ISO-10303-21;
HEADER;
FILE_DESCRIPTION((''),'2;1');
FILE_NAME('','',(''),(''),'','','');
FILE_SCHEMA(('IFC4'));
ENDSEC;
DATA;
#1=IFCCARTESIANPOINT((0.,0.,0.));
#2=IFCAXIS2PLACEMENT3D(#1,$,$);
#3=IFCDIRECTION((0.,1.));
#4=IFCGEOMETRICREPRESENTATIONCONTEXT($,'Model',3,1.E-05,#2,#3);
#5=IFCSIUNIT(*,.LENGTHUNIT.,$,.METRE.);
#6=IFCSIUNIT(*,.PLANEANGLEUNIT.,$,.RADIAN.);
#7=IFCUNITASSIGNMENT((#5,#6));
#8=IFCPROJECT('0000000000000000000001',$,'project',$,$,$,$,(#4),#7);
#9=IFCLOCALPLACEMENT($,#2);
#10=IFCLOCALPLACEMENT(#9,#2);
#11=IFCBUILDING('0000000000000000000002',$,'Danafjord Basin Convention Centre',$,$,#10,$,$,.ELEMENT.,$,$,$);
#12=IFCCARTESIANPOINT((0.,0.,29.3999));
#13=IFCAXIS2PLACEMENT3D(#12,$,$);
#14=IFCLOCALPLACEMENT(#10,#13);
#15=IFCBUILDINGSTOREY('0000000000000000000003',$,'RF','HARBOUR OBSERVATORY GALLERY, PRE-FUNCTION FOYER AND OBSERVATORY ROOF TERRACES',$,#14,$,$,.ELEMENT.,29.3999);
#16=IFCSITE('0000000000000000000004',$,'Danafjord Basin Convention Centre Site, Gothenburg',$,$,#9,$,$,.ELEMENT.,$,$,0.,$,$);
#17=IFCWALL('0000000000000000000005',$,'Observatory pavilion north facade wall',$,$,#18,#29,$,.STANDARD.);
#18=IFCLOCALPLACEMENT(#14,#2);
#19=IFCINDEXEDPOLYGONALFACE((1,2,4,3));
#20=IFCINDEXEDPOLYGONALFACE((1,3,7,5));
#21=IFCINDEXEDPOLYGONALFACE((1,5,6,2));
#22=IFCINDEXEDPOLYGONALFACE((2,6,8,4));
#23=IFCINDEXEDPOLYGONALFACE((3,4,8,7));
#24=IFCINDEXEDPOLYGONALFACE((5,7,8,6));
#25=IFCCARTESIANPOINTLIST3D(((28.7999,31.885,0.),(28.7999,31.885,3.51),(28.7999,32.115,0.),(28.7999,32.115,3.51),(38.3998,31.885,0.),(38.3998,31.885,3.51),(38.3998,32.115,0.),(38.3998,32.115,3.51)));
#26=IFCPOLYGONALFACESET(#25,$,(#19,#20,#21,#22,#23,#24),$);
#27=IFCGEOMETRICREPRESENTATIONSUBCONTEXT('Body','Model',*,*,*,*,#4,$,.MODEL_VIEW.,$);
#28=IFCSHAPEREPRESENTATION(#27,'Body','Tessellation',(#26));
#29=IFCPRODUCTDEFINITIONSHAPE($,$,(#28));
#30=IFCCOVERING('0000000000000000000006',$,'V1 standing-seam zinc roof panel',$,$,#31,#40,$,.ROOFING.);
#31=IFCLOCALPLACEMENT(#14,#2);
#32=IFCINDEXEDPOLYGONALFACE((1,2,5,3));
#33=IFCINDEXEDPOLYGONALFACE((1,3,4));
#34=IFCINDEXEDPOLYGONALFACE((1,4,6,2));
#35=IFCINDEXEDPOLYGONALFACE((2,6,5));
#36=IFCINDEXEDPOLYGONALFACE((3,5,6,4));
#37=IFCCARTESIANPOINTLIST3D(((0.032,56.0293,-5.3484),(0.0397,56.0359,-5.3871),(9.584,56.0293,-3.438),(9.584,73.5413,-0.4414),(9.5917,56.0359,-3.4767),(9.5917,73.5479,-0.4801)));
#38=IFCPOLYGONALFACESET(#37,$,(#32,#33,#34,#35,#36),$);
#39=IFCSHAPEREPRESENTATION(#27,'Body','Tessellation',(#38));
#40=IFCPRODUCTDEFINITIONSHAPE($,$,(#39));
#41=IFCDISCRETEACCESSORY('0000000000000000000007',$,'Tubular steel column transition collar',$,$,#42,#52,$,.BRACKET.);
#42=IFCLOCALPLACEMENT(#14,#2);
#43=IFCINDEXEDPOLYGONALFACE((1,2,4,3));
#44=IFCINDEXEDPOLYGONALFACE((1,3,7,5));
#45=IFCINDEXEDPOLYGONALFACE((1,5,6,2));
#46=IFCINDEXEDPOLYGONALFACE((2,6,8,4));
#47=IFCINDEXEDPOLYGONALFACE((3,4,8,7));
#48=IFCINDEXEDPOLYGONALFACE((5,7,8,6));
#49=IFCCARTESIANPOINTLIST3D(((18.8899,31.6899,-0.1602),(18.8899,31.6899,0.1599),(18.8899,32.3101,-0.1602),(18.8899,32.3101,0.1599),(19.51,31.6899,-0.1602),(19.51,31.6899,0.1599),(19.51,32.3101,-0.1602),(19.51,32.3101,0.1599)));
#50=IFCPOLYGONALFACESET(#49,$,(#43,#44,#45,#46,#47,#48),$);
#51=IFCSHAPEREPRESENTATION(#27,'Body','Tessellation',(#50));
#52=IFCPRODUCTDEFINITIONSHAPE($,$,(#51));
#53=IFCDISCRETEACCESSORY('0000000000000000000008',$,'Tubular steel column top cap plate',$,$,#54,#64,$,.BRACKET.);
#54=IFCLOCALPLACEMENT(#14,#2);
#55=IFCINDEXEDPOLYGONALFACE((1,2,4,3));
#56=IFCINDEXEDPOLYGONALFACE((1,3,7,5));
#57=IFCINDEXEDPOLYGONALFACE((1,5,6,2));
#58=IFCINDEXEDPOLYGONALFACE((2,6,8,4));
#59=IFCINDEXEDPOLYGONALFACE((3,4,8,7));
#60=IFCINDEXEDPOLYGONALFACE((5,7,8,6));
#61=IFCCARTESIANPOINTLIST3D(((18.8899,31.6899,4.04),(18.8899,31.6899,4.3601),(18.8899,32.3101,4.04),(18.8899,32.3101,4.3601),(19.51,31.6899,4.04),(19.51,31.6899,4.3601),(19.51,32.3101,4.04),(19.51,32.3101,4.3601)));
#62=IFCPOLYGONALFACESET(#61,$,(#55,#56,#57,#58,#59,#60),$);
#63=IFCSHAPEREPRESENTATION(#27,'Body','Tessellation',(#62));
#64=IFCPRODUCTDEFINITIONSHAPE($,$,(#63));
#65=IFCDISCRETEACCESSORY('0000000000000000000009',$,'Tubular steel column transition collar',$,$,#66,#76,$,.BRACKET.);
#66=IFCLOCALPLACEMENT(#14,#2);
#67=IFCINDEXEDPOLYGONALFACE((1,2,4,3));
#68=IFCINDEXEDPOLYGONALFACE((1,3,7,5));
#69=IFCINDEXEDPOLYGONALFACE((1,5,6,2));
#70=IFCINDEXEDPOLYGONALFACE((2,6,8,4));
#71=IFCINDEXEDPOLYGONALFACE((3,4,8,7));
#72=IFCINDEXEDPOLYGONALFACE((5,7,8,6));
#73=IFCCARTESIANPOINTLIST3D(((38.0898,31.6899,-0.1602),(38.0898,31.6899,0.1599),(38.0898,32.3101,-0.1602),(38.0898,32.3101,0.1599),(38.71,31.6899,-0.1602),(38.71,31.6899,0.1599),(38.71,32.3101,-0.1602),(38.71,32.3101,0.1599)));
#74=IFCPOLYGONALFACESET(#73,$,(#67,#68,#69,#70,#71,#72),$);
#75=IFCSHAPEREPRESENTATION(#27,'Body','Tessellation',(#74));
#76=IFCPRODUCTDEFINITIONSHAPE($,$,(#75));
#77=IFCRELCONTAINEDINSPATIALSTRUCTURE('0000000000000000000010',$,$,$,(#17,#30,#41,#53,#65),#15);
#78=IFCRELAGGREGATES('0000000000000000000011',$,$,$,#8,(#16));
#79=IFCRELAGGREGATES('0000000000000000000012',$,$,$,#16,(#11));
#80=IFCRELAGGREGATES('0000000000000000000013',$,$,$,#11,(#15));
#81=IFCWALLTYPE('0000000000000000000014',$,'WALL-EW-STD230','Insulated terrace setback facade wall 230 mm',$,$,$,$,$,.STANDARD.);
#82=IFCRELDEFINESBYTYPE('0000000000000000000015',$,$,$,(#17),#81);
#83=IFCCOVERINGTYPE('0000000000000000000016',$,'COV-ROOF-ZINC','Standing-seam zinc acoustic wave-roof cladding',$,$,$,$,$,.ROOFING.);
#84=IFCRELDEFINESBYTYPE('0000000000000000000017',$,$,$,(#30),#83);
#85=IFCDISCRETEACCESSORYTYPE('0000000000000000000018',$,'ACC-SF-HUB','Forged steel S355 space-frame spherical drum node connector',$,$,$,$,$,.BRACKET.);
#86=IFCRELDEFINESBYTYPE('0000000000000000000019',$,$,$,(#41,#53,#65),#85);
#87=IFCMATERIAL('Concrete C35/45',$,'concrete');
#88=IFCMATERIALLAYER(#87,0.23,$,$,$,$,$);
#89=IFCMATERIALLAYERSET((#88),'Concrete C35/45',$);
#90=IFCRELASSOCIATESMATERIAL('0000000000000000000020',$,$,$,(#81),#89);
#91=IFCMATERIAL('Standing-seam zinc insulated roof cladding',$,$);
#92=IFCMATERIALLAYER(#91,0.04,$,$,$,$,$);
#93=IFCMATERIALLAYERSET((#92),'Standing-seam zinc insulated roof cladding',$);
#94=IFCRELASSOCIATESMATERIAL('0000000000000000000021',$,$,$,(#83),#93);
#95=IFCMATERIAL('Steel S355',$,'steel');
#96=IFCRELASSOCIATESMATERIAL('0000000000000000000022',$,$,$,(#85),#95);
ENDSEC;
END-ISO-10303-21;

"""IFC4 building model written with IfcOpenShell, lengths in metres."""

from ifc_helpers import new_model, si_unit, direction, frame, frame_2d, origin, origin_2d, place, context, subcontext, project, spatial, polyline, rectangle, outline, extrude, material, layer, layer_set, type_object, element, save


model = new_model("IFC4")

# Units and contexts
model_context = context("Model", 3, precision=1e-05, world=origin(), true_north=direction((0.0, 1.0)))
body_context = subcontext(model_context, "Body", "Model", "MODEL_VIEW")
ifc_project = project(units=[si_unit("LENGTHUNIT", "METRE"), si_unit("PLANEANGLEUNIT", "RADIAN")], contexts=[model_context])

# Site, building, storey
site_placement = place(None, origin())
site = spatial("IfcSite", under=ifc_project, at=site_placement, Name="Danafjord Basin Convention Centre Site, Gothenburg", CompositionType="ELEMENT", RefElevation=0.0)
building_placement = place(site_placement, origin())
building = spatial("IfcBuilding", under=site, at=building_placement, Name="Danafjord Basin Convention Centre", CompositionType="ELEMENT")
storey_placement = place(building_placement, frame((0.0, 0.0, 29.3999)))
storey = spatial("IfcBuildingStorey", under=building, at=storey_placement, Name="RF", Description="HARBOUR OBSERVATORY GALLERY, PRE-FUNCTION FOYER AND OBSERVATORY ROOF TERRACES", CompositionType="ELEMENT", Elevation=29.3999)

# Shared definitions
ifc_material_1 = material(Name="Steel S355", Category="steel")

# Shared definitions
ifc_material_2 = material(Name="Concrete C35/45", Category="concrete")

# Wall
ifc_layer_1 = layer(ifc_material_2, 0.23)
ifc_layer_set_1 = layer_set([ifc_layer_1], Name="Concrete C35/45")
wall_type = type_object("IfcWallType", Name="WALL-EW-STD230", Description="Insulated terrace setback facade wall 230 mm", PredefinedType="STANDARD", material=ifc_layer_set_1)
wall_placement = place(storey_placement, frame((28.8, 32.0, 0.0), z_axis=(0.0, 0.0, 1.0), x_axis=(1.0, 0.0, 0.0)))
element("IfcWall", 1, at=wall_placement, inside=storey, type_object=wall_type, Name="Observatory pavilion north facade wall", PredefinedType="STANDARD", context=body_context, shape_type="SweptSolid", body=[
    extrude(rectangle(XDim=9.5999, YDim=0.23, at=frame_2d((4.7998, 0.0))), origin(), (0.0, 0.0, 1.0), 3.51),
])

# Covering
ifc_material_3 = material(Name="Standing-seam zinc insulated roof cladding")
ifc_layer_2 = layer(ifc_material_3, 0.04)
ifc_layer_set_2 = layer_set([ifc_layer_2], Name="Standing-seam zinc insulated roof cladding")
covering_type = type_object("IfcCoveringType", Name="COV-ROOF-ZINC", Description="Standing-seam zinc acoustic wave-roof cladding", PredefinedType="ROOFING", material=ifc_layer_set_2)
covering_placement = place(storey_placement, frame((0.032, 56.0293, -5.3484), z_axis=(-0.193412, -0.16548, 0.967062), x_axis=(0.980581, 0.0, 0.196116)))
element("IfcCovering", 2, at=covering_placement, inside=storey, type_object=covering_type, Name="V1 standing-seam zinc roof panel", PredefinedType="ROOFING", context=body_context, shape_type="SweptSolid", body=[
    extrude(outline(polyline([(0.0, 0.0), (9.7412, 0.0), (10.3288, 17.7568), (0.0, 0.0)])), origin(), (0.0, 0.0, -1.0), 0.04),
])

# Discrete accessories
discrete_accessory_type = type_object("IfcDiscreteAccessoryType", Name="ACC-SF-HUB", Description="Forged steel S355 space-frame spherical drum node connector", PredefinedType="BRACKET", material=ifc_material_1)
for number, where, z_axis, x_axis, name in (
    (3, (19.2, 32.0, -0.1602), (0.0, 0.0, 1.0), (1.0, 0.0, 0.0), "Tubular steel column transition collar"),
    (4, (19.2, 32.0, 4.04), (0.0, 0.0, 1.0), (1.0, 0.0, 0.0), "Tubular steel column top cap plate"),
    (5, (38.3999, 32.0, -0.1602), (0.0, 0.0, 1.0), (1.0, 0.0, 0.0), "Tubular steel column transition collar"),
):
    element("IfcDiscreteAccessory", number, at=place(storey_placement, frame(where, z_axis=z_axis, x_axis=x_axis)), inside=storey, type_object=discrete_accessory_type, Name=name, PredefinedType="BRACKET", context=body_context, shape_type="SweptSolid", body=[
        extrude(rectangle(XDim=0.6201, YDim=0.6201, at=origin_2d()), origin(), (0.0, 0.0, 1.0), 0.3201),
    ])

save(model, "model.ifc")
